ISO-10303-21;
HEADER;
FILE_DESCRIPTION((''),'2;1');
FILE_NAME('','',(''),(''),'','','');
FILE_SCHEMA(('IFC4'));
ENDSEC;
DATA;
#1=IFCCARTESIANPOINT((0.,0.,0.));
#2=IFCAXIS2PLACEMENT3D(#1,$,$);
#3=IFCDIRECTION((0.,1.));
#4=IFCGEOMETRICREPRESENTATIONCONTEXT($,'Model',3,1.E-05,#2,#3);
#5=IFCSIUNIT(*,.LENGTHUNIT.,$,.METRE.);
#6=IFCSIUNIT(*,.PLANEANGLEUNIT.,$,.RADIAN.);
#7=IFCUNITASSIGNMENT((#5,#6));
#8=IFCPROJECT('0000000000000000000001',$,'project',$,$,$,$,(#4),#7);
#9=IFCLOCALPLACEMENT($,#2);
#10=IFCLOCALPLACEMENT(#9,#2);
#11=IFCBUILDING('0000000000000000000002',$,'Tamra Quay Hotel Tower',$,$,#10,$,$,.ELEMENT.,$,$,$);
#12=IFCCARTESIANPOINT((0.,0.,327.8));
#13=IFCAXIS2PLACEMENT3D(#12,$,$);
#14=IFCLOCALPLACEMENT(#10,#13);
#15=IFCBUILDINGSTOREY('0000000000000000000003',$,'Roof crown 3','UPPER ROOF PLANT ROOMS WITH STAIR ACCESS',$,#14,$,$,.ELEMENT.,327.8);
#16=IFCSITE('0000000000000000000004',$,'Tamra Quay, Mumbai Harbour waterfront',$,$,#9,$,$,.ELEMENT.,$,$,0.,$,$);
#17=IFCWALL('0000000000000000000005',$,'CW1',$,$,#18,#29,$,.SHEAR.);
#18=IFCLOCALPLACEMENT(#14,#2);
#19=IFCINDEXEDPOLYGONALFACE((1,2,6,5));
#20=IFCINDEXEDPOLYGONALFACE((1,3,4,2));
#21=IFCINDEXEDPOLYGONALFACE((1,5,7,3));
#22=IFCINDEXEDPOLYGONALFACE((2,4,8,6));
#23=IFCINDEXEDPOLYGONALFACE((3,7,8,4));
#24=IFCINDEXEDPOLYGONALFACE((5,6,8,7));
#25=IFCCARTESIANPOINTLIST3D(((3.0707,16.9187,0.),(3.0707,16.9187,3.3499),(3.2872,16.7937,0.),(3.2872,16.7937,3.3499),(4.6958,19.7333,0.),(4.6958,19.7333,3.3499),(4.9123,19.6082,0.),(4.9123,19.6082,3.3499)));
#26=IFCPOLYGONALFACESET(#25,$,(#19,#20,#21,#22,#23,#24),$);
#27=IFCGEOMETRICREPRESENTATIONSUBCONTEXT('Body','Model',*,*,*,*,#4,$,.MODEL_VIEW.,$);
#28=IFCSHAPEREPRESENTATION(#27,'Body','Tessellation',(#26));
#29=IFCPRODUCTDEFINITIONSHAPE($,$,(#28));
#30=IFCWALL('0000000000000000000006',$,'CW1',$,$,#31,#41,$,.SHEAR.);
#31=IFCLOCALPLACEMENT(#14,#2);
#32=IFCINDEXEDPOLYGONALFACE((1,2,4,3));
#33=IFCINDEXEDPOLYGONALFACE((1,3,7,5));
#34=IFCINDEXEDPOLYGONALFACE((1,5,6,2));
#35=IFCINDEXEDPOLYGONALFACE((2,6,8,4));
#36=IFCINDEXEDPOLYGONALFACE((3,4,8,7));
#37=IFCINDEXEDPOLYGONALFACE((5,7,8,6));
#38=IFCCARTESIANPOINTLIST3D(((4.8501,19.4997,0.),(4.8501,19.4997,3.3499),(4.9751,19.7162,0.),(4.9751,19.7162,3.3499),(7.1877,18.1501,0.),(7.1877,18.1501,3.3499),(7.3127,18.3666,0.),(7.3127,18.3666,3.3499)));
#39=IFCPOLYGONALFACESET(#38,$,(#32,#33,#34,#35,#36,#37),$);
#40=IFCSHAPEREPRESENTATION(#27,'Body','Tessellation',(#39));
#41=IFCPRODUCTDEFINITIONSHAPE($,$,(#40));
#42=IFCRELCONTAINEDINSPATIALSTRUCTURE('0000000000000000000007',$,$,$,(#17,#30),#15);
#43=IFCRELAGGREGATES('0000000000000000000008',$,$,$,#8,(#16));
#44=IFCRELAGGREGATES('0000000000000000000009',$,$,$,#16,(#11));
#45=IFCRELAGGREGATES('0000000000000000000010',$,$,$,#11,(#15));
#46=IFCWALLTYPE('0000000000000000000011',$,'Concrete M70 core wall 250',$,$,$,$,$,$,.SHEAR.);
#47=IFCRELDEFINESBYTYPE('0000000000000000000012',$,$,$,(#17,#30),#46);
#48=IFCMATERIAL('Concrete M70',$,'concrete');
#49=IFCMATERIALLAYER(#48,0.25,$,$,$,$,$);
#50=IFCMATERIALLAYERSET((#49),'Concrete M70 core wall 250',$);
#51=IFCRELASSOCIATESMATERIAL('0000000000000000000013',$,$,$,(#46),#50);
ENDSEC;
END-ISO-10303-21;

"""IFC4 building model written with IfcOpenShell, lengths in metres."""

from ifc_helpers import new_model, si_unit, direction, frame, frame_2d, origin, place, context, subcontext, project, spatial, rectangle, extrude, material, layer, layer_set, type_object, element, save


model = new_model("IFC4")

# Units and contexts
model_context = context("Model", 3, precision=1e-05, world=origin(), true_north=direction((0.0, 1.0)))
body_context = subcontext(model_context, "Body", "Model", "MODEL_VIEW")
ifc_project = project(units=[si_unit("LENGTHUNIT", "METRE"), si_unit("PLANEANGLEUNIT", "RADIAN")], contexts=[model_context])

# Site, building, storey
site_placement = place(None, origin())
site = spatial("IfcSite", under=ifc_project, at=site_placement, Name="Tamra Quay, Mumbai Harbour waterfront", CompositionType="ELEMENT", RefElevation=0.0)
building_placement = place(site_placement, origin())
building = spatial("IfcBuilding", under=site, at=building_placement, Name="Tamra Quay Hotel Tower", CompositionType="ELEMENT")
storey_placement = place(building_placement, frame((0.0, 0.0, 327.8)))
storey = spatial("IfcBuildingStorey", under=building, at=storey_placement, Name="Roof crown 3", Description="UPPER ROOF PLANT ROOMS WITH STAIR ACCESS", CompositionType="ELEMENT", Elevation=327.8)

# Shared definitions
ifc_material_1 = material(Name="Concrete M70", Category="concrete")

# Walls
ifc_layer_1 = layer(ifc_material_1, 0.25)
ifc_layer_set_1 = layer_set([ifc_layer_1], Name="Concrete M70 core wall 250")
wall_type_1 = type_object("IfcWallType", Name="Concrete M70 core wall 250", PredefinedType="SHEAR", material=ifc_layer_set_1)
wall_1_placement = place(storey_placement, frame((3.179, 16.8562, 0.0), z_axis=(0.0, 0.0, 1.0), x_axis=(0.500017, 0.866015, 0.0)))
element("IfcWall", 1, at=wall_1_placement, inside=storey, type_object=wall_type_1, Name="CW1", PredefinedType="SHEAR", context=body_context, shape_type="SweptSolid", body=[
    extrude(rectangle(XDim=3.25, YDim=0.25, at=frame_2d((1.625, 0.0))), origin(), (0.0, 0.0, 1.0), 3.3499),
])
wall_2_placement = place(storey_placement, frame((4.9126, 19.6079, 0.0), z_axis=(0.0, 0.0, 1.0), x_axis=(0.86603, -0.499991, 0.0)))
element("IfcWall", 2, at=wall_2_placement, inside=storey, type_object=wall_type_1, Name="CW1", PredefinedType="SHEAR", context=body_context, shape_type="SweptSolid", body=[
    extrude(rectangle(XDim=2.6992, YDim=0.25, at=frame_2d((1.3496, 0.0))), origin(), (0.0, 0.0, 1.0), 3.3499),
])

save(model, "model.ifc")
